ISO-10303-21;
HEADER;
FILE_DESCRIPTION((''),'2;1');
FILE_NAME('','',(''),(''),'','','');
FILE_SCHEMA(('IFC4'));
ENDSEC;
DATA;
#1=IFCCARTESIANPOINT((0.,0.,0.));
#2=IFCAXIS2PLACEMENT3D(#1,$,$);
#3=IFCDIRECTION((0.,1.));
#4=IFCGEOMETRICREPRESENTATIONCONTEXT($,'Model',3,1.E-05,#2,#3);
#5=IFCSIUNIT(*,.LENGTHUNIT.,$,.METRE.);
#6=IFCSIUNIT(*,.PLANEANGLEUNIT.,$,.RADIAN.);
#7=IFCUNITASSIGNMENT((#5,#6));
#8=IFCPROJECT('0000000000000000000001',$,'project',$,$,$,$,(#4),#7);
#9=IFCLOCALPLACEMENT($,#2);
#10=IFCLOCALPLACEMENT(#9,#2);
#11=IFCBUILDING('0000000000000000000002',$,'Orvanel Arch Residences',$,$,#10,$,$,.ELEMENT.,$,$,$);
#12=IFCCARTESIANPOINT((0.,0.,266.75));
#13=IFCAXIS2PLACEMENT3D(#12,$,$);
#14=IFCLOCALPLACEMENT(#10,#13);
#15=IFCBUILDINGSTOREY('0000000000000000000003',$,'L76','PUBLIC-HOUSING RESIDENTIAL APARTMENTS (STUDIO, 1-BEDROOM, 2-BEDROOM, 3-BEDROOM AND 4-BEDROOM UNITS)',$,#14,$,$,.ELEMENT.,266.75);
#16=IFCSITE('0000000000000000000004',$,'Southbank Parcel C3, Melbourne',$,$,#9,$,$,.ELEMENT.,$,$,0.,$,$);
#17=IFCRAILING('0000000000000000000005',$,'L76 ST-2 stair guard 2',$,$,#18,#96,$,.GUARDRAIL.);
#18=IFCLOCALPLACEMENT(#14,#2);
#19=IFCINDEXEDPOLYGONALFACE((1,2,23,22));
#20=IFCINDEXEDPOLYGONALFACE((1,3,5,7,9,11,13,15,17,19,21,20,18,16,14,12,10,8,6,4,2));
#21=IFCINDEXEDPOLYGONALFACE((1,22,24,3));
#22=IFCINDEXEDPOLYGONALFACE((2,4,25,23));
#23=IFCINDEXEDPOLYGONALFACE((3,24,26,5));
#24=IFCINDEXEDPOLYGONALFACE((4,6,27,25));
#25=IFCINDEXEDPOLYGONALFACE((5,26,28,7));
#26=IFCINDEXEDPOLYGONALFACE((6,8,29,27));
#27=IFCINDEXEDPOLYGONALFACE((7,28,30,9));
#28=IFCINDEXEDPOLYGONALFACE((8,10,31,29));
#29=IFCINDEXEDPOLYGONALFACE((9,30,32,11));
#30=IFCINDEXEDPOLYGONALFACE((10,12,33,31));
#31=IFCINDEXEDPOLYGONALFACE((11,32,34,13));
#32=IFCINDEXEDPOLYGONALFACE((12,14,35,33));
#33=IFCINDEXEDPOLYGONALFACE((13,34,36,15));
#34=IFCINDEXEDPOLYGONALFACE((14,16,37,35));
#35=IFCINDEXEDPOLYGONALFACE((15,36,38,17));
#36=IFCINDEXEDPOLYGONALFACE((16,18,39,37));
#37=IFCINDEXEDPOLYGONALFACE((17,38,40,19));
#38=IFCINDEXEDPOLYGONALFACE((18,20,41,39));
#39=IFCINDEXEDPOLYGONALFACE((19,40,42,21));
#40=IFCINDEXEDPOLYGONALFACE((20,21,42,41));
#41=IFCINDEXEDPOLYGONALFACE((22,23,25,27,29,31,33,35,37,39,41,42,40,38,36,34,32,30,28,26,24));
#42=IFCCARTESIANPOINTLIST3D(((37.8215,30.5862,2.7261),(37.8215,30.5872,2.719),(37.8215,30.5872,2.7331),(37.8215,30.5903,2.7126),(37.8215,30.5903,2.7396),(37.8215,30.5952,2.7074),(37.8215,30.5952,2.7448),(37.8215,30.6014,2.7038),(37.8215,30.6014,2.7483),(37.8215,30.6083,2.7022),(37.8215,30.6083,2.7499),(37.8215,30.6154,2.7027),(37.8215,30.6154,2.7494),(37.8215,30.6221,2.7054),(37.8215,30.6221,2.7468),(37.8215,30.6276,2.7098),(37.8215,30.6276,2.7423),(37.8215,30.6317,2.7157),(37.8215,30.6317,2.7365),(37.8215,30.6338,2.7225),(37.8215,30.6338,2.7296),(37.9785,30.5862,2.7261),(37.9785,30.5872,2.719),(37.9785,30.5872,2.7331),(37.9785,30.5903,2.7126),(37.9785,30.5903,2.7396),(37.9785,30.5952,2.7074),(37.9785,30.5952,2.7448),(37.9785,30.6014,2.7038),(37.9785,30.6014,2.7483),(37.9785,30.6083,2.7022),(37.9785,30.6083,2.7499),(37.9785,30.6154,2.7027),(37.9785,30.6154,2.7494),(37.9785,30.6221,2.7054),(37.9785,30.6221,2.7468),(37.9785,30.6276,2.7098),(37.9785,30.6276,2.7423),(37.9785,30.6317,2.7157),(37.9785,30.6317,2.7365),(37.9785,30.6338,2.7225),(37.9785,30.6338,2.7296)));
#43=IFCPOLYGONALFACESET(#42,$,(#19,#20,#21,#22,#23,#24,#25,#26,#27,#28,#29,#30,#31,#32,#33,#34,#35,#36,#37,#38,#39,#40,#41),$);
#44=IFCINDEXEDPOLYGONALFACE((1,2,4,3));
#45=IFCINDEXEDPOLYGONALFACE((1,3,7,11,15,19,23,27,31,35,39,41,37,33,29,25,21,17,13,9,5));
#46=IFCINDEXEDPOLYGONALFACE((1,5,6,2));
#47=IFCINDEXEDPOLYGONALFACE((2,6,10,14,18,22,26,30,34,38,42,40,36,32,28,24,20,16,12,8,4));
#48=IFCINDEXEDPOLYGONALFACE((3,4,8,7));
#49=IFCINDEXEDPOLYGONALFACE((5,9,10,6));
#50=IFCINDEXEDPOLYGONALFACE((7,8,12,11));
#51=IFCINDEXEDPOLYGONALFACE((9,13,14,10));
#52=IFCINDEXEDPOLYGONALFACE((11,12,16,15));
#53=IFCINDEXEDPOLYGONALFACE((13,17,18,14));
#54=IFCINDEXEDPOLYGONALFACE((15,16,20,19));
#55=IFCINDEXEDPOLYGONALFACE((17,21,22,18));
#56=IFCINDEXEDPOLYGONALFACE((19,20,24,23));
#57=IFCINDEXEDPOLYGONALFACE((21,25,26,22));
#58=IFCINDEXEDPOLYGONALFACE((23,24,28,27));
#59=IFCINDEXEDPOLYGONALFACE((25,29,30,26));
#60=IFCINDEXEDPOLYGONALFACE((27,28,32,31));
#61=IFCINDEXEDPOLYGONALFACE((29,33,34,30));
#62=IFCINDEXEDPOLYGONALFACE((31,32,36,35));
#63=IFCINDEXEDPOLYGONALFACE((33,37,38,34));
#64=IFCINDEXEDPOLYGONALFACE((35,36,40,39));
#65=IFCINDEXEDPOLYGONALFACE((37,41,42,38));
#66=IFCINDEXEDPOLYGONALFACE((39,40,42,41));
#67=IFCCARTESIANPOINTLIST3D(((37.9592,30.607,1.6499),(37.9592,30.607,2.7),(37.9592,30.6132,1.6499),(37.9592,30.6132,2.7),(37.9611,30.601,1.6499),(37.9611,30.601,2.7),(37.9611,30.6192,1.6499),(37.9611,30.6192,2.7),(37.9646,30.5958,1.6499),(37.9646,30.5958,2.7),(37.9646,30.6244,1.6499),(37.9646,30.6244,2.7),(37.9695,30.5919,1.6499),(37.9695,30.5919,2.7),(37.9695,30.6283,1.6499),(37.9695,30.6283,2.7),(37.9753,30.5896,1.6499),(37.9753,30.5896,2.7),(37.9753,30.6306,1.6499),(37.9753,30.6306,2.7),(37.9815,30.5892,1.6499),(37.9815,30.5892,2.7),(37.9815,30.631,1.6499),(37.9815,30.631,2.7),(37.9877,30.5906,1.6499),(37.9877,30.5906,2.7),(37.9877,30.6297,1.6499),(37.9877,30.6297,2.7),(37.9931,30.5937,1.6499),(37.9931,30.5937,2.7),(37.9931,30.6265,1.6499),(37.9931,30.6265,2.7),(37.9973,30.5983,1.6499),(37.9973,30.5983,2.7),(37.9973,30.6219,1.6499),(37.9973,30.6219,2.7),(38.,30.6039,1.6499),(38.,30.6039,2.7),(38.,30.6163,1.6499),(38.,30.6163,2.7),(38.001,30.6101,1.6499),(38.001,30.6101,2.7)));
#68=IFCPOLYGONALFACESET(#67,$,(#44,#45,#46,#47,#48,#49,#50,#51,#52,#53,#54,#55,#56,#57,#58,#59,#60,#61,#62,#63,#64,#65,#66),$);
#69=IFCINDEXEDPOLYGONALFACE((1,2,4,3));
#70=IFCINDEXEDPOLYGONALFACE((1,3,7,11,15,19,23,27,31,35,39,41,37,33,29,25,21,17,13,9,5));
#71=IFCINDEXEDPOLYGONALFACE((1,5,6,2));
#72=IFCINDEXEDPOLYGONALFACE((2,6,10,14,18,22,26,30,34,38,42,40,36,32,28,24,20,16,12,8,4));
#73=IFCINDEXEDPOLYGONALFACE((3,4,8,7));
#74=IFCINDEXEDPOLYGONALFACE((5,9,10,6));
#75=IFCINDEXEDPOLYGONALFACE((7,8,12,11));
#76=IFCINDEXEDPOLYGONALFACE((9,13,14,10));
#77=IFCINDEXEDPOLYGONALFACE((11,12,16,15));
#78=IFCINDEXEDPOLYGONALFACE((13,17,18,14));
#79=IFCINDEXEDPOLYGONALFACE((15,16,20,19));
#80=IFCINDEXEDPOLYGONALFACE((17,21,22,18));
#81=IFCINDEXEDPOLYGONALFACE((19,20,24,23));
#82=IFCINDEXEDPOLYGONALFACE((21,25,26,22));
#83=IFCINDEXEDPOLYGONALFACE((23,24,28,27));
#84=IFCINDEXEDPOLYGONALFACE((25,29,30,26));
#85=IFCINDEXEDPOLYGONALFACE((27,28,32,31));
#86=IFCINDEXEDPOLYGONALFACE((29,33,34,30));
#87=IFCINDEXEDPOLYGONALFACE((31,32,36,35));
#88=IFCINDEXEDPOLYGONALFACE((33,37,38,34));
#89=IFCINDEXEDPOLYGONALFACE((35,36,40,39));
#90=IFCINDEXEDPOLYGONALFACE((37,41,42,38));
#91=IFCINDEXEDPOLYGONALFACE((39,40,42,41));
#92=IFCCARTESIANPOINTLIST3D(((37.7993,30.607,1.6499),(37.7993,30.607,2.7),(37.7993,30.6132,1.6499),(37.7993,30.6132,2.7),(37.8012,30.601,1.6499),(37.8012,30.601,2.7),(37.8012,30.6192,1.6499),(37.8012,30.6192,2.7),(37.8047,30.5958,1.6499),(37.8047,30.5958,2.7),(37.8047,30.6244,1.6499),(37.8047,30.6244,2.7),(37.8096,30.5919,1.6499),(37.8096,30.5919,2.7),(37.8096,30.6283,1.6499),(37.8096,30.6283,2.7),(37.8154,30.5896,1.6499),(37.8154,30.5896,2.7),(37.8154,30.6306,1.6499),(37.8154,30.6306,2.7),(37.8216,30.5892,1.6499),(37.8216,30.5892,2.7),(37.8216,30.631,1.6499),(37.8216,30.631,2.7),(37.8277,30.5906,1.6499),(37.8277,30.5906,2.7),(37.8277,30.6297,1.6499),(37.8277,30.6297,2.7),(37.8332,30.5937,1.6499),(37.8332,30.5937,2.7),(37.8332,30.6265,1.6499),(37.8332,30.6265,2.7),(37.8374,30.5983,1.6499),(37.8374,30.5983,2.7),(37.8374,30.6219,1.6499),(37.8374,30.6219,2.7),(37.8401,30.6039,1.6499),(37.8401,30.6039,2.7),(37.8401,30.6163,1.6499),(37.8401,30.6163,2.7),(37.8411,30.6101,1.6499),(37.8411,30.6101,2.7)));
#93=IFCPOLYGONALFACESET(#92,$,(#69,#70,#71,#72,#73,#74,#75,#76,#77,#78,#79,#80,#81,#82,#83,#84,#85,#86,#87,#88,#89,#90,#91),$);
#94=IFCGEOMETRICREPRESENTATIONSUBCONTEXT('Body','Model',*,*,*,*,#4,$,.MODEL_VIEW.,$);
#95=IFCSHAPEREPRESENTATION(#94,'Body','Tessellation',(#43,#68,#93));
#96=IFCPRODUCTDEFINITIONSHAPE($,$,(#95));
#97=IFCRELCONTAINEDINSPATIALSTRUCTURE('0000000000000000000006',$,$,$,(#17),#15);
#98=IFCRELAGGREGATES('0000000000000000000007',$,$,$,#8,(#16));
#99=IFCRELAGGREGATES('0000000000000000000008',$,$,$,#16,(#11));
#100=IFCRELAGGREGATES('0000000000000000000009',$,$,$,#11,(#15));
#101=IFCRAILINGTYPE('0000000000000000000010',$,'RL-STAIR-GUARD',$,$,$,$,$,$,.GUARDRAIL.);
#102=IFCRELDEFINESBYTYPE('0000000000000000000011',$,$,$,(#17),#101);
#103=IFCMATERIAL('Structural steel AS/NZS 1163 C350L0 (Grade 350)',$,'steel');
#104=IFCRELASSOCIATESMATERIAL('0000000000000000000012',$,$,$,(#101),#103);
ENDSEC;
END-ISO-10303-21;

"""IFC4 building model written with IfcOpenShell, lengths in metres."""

from ifc_helpers import new_model, si_unit, direction, frame, origin, origin_2d, place, context, subcontext, project, spatial, circle, extrude, material, type_object, element, save


model = new_model("IFC4")

# Units and contexts
model_context = context("Model", 3, precision=1e-05, world=origin(), true_north=direction((0.0, 1.0)))
body_context = subcontext(model_context, "Body", "Model", "MODEL_VIEW")
ifc_project = project(units=[si_unit("LENGTHUNIT", "METRE"), si_unit("PLANEANGLEUNIT", "RADIAN")], contexts=[model_context])

# Site, building, storey
site_placement = place(None, origin())
site = spatial("IfcSite", under=ifc_project, at=site_placement, Name="Southbank Parcel C3, Melbourne", CompositionType="ELEMENT", RefElevation=0.0)
building_placement = place(site_placement, origin())
building = spatial("IfcBuilding", under=site, at=building_placement, Name="Orvanel Arch Residences", CompositionType="ELEMENT")
storey_placement = place(building_placement, frame((0.0, 0.0, 266.75)))
storey = spatial("IfcBuildingStorey", under=building, at=storey_placement, Name="L76", Description="PUBLIC-HOUSING RESIDENTIAL APARTMENTS (STUDIO, 1-BEDROOM, 2-BEDROOM, 3-BEDROOM AND 4-BEDROOM UNITS)", CompositionType="ELEMENT", Elevation=266.75)

# Railing
ifc_material_1 = material(Name="Structural steel AS/NZS 1163 C350L0 (Grade 350)", Category="steel")
railing_type_1 = type_object("IfcRailingType", Name="RL-STAIR-GUARD", PredefinedType="GUARDRAIL", material=ifc_material_1)
railing_1_placement = place(storey_placement, frame((37.98, 30.6101, 1.6499)))
element("IfcRailing", 1, at=railing_1_placement, inside=storey, type_object=railing_type_1, Name="L76 ST-2 stair guard 2", PredefinedType="GUARDRAIL", context=body_context, shape_type="SweptSolid", body=[
    extrude(circle(Radius=0.0239, at=origin_2d()), frame((-0.0015, 0.0, 1.0762), z_axis=(-1.0, 0.0, 0.0), x_axis=(0.0, -1.0, 0.0)), (0.0, 0.0, 1.0), 0.157),
    extrude(circle(Radius=0.021, at=origin_2d()), origin(), (0.0, 0.0, 1.0), 1.05),
    extrude(circle(Radius=0.021, at=origin_2d()), frame((-0.1599, 0.0, 0.0)), (0.0, 0.0, 1.0), 1.05),
])

save(model, "model.ifc")
